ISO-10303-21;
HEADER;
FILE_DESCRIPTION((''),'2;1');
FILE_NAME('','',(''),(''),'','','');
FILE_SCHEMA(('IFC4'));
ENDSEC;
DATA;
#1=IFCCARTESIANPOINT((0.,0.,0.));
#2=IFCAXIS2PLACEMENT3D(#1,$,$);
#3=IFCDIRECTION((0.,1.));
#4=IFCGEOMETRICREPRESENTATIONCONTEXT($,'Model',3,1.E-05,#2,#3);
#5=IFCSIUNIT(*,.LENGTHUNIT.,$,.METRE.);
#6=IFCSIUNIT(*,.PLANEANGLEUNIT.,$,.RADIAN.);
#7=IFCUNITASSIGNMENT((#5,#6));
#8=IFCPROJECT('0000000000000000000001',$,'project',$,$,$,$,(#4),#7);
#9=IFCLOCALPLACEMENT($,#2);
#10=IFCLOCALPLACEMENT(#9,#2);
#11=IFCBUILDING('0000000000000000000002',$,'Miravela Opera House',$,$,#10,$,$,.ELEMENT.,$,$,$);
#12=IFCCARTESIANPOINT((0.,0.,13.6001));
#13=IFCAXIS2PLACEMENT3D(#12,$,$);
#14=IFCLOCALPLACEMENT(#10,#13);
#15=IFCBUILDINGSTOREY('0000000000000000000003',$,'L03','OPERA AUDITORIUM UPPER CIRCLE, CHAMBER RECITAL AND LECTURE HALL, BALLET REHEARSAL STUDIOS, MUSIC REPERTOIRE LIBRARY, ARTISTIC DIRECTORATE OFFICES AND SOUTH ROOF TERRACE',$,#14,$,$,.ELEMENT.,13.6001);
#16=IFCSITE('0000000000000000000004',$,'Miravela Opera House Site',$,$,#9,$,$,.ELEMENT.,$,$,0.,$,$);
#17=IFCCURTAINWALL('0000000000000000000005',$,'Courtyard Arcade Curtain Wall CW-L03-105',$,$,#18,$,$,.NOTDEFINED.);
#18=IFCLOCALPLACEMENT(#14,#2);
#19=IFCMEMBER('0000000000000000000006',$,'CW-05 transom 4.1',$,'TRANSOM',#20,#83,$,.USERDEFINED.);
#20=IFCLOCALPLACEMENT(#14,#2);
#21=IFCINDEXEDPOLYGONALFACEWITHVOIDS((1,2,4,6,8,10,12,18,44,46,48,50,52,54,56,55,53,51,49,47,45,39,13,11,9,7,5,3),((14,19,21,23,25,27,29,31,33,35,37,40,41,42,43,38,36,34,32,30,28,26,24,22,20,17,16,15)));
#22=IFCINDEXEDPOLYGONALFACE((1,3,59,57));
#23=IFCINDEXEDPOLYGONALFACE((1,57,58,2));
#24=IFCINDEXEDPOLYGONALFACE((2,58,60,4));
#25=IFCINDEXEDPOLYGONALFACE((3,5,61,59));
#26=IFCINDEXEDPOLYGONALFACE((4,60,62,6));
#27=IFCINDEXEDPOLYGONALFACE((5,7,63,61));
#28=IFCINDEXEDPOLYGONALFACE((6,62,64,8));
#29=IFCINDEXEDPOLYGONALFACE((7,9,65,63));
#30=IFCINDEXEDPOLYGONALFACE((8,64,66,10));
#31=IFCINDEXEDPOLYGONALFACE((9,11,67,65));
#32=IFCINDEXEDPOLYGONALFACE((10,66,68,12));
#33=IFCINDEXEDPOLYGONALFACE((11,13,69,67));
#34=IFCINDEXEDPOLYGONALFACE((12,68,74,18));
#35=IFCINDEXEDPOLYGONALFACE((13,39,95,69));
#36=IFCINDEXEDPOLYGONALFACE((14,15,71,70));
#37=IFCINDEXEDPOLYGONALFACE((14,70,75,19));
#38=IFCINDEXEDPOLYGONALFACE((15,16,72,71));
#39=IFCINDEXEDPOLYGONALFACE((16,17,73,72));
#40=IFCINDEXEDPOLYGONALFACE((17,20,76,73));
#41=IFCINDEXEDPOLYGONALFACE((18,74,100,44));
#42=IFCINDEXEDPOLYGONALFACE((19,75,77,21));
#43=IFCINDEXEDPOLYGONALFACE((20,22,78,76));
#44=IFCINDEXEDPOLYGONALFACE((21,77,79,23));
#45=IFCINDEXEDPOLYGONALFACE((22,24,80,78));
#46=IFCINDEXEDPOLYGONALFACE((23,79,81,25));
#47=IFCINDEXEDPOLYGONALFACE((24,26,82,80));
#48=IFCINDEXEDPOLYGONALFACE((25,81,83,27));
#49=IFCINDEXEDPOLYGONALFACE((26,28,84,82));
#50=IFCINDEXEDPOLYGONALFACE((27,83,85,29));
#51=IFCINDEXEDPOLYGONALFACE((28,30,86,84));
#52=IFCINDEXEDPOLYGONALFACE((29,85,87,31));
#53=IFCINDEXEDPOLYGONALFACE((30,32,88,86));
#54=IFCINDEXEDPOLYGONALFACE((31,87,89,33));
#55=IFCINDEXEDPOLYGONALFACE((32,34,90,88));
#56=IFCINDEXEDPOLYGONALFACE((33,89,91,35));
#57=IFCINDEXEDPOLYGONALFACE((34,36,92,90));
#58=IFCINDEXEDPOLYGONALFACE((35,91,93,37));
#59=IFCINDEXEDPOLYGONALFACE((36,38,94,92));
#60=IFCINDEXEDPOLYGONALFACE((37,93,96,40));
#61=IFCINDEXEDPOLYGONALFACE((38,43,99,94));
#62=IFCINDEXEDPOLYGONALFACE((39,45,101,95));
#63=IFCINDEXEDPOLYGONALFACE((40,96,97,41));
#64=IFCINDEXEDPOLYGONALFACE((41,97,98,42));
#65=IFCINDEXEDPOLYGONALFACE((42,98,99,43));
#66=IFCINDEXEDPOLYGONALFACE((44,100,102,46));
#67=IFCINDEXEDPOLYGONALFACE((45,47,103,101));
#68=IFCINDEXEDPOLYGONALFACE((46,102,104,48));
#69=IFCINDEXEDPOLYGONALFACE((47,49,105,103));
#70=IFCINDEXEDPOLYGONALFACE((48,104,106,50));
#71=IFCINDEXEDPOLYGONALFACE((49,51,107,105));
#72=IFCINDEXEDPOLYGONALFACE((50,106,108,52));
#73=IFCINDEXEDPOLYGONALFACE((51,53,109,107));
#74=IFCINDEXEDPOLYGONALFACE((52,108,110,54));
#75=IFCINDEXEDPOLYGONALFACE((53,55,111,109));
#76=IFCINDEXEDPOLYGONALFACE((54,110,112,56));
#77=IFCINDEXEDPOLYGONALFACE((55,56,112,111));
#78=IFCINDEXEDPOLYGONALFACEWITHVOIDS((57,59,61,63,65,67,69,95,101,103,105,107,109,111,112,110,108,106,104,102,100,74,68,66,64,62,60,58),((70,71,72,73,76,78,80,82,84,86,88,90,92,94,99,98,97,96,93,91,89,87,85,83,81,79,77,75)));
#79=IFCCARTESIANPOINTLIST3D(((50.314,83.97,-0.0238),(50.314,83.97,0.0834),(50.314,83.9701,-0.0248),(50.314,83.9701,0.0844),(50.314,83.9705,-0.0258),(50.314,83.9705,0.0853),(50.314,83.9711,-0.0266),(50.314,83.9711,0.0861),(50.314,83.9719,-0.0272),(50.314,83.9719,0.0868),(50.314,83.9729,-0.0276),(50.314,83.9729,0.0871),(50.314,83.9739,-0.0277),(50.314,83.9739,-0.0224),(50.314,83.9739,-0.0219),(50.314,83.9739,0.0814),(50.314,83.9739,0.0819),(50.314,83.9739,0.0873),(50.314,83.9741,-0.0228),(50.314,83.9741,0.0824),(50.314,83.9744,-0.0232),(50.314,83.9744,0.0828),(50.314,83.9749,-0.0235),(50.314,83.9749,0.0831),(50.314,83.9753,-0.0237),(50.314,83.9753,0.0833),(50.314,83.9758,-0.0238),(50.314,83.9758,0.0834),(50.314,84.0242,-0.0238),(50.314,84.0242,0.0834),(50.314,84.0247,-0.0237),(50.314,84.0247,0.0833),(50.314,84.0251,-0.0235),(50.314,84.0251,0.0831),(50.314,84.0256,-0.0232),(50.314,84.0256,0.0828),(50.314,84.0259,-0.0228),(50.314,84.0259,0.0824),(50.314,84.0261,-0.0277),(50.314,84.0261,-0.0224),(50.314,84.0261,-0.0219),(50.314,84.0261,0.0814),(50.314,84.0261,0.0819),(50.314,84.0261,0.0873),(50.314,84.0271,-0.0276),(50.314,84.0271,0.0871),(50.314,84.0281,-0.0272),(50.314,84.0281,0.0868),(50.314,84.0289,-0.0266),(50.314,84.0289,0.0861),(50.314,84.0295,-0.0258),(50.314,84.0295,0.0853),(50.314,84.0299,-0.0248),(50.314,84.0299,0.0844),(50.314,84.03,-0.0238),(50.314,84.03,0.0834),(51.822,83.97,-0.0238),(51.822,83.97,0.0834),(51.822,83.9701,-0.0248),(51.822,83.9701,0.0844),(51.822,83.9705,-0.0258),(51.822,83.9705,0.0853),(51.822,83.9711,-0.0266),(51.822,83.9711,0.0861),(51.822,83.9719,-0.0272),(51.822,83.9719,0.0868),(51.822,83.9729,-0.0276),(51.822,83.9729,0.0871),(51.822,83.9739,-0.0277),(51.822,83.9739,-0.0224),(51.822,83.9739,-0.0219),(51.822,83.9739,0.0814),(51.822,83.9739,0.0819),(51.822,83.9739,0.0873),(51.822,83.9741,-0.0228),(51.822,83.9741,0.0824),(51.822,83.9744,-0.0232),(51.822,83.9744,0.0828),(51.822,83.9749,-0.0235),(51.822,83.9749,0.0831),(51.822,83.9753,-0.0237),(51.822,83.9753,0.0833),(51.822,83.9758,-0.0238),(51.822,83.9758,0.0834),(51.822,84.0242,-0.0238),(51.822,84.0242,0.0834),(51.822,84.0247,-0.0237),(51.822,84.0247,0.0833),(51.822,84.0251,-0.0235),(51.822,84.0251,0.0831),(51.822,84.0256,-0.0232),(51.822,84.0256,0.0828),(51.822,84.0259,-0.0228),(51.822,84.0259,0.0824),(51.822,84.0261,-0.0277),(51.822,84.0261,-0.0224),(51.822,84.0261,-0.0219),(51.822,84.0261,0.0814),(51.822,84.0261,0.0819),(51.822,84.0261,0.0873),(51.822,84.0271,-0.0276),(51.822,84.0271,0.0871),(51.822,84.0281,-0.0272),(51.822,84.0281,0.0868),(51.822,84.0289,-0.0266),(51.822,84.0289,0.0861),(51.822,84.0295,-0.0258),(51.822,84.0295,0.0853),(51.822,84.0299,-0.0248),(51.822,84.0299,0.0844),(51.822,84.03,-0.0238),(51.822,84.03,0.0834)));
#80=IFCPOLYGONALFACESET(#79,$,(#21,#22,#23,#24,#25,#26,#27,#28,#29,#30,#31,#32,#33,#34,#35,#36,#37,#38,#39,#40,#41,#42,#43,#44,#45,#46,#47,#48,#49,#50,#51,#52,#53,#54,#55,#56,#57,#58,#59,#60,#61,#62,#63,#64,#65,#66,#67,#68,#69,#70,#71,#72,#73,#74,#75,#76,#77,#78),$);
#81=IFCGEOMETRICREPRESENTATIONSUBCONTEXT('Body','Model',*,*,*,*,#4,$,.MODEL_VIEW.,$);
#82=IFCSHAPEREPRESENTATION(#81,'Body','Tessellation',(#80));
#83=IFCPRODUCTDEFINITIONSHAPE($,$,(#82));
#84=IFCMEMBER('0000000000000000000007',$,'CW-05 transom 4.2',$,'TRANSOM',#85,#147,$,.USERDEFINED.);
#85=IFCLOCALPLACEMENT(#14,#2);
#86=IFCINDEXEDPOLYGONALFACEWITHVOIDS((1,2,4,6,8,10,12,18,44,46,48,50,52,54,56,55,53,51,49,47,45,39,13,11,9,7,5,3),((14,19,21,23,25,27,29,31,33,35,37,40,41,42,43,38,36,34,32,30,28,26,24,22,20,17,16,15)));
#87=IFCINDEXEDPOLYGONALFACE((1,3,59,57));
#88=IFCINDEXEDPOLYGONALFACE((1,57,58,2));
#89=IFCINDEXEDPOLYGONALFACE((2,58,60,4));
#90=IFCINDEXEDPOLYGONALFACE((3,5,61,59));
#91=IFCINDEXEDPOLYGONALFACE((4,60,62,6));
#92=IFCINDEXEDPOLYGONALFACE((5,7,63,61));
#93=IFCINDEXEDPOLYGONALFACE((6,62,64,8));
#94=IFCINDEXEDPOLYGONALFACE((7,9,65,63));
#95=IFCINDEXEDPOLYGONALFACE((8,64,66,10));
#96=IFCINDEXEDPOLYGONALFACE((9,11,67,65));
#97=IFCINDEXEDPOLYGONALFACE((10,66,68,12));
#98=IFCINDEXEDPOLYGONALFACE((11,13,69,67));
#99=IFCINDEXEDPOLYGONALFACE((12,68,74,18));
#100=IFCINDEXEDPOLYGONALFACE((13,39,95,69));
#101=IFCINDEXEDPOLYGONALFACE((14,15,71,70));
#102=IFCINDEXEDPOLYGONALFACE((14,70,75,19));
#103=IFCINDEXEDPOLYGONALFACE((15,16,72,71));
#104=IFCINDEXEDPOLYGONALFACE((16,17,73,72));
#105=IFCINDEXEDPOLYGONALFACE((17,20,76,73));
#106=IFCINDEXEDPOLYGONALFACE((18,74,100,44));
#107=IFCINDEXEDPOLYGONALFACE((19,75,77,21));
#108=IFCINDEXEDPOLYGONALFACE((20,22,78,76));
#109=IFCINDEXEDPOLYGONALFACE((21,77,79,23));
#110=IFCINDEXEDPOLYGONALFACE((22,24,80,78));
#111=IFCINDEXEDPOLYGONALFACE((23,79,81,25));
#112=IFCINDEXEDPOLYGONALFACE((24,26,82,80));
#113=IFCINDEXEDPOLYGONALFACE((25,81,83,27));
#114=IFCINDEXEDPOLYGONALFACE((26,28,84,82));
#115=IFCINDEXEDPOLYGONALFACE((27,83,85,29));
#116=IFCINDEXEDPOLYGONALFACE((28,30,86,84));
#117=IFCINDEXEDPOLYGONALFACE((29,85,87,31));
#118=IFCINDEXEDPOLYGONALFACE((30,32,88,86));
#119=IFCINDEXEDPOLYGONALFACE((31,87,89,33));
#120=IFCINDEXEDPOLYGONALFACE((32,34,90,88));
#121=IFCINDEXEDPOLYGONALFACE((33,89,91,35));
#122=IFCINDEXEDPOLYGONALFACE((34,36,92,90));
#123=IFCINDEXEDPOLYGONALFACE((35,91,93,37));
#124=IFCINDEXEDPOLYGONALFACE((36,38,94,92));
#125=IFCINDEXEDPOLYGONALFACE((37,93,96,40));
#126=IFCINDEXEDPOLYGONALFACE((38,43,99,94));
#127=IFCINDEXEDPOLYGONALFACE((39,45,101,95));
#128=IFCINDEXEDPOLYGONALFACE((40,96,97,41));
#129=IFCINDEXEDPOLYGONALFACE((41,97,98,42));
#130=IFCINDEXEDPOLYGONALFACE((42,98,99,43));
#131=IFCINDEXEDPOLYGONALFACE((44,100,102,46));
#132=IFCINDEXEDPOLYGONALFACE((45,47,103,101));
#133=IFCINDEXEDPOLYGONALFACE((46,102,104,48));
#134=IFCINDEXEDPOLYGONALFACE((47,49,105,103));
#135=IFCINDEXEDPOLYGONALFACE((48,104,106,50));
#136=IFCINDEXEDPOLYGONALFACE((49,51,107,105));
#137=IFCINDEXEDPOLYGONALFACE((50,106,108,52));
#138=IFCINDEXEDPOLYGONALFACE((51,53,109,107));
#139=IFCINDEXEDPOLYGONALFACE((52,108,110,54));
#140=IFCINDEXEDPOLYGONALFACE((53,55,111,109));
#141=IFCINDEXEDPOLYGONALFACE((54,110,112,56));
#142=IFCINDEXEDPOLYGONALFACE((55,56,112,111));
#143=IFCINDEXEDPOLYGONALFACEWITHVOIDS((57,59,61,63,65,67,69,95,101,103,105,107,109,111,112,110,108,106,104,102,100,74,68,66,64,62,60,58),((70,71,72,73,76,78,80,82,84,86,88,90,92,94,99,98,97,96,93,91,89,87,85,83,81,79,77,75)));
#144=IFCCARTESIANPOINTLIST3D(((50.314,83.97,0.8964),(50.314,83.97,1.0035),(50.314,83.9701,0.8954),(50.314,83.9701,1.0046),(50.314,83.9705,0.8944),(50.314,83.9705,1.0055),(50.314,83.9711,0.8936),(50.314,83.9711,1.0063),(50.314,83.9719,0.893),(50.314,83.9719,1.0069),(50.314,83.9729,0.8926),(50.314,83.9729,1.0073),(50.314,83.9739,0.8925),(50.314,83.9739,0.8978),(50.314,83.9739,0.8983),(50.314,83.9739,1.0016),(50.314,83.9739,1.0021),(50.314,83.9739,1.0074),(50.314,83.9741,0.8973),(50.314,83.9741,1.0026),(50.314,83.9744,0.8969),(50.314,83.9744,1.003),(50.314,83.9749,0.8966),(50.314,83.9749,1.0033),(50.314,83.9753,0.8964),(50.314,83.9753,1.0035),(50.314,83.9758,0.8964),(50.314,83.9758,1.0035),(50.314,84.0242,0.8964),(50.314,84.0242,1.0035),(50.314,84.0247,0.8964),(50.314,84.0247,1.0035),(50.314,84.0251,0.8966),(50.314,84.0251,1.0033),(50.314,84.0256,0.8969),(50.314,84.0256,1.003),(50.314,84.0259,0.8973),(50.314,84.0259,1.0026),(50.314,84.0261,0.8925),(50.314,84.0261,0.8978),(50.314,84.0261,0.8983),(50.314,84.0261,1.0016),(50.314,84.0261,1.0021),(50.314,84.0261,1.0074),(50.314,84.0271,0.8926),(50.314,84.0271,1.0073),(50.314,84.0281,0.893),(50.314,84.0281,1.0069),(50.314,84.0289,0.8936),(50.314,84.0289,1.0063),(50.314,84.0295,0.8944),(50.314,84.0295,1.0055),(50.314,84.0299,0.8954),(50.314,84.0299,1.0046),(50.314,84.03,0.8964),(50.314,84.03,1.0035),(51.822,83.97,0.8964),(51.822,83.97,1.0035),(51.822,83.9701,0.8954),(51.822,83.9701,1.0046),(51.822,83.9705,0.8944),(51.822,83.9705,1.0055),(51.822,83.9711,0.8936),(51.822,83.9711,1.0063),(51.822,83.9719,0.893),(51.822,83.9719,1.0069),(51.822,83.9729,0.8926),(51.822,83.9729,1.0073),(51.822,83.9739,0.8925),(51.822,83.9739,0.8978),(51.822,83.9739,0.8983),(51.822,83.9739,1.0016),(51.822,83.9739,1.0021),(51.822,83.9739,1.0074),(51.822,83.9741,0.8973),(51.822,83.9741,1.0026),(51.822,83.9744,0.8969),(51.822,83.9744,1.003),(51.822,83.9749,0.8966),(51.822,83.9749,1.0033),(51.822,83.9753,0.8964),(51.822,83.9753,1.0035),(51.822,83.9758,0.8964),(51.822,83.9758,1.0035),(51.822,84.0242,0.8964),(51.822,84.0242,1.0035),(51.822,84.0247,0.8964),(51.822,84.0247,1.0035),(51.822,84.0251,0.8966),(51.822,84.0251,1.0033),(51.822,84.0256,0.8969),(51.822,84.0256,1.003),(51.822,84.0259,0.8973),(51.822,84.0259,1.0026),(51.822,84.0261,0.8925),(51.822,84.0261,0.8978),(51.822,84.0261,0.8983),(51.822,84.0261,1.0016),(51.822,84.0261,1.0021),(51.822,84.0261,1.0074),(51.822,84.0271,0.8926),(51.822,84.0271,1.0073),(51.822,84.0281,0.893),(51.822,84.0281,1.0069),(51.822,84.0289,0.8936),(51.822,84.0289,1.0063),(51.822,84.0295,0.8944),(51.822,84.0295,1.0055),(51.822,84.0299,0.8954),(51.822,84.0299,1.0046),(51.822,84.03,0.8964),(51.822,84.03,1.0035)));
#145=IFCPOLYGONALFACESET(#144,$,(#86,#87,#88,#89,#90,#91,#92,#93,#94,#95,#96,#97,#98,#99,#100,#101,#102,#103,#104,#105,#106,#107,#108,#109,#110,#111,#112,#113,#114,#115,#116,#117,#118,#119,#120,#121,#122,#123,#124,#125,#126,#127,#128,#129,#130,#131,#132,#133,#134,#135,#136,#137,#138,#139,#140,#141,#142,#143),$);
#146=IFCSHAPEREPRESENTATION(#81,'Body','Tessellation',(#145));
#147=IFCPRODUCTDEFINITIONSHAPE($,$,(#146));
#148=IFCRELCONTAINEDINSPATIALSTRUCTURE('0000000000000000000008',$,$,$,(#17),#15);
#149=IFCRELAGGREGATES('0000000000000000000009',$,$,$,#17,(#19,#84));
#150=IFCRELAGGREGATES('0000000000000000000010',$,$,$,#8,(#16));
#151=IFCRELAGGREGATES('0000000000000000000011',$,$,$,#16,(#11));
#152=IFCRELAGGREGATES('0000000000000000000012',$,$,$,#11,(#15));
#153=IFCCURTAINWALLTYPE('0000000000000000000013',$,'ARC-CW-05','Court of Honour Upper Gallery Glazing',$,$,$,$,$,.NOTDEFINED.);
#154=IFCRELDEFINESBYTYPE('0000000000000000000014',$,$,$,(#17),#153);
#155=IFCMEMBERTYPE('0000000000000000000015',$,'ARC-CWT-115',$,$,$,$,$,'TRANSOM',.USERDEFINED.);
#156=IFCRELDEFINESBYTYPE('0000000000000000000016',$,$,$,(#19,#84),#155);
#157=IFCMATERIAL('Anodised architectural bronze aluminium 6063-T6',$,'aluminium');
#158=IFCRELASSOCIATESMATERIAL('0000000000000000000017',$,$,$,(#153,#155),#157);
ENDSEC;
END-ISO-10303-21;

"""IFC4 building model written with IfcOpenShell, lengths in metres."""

from ifc_helpers import new_model, si_unit, direction, frame, origin, origin_2d, place, context, subcontext, project, spatial, hollow_rectangle, extrude, material, material_profile, profile_set, type_object, element, aggregate, save


model = new_model("IFC4")

# Units and contexts
model_context = context("Model", 3, precision=1e-05, world=origin(), true_north=direction((0.0, 1.0)))
body_context = subcontext(model_context, "Body", "Model", "MODEL_VIEW")
ifc_project = project(units=[si_unit("LENGTHUNIT", "METRE"), si_unit("PLANEANGLEUNIT", "RADIAN")], contexts=[model_context])

# Site, building, storey
site_placement = place(None, origin())
site = spatial("IfcSite", under=ifc_project, at=site_placement, Name="Miravela Opera House Site", CompositionType="ELEMENT", RefElevation=0.0)
building_placement = place(site_placement, origin())
building = spatial("IfcBuilding", under=site, at=building_placement, Name="Miravela Opera House", CompositionType="ELEMENT")
storey_placement = place(building_placement, frame((0.0, 0.0, 13.6001)))
storey = spatial("IfcBuildingStorey", under=building, at=storey_placement, Name="L03", Description="OPERA AUDITORIUM UPPER CIRCLE, CHAMBER RECITAL AND LECTURE HALL, BALLET REHEARSAL STUDIOS, MUSIC REPERTOIRE LIBRARY, ARTISTIC DIRECTORATE OFFICES AND SOUTH ROOF TERRACE", CompositionType="ELEMENT", Elevation=13.6001)

# Curtain wall
ifc_material_1 = material(Name="Anodised architectural bronze aluminium 6063-T6", Category="aluminium")
curtain_wall_type = type_object("IfcCurtainWallType", Name="ARC-CW-05", Description="Court of Honour Upper Gallery Glazing", PredefinedType="NOTDEFINED", material=ifc_material_1)
curtain_wall_1_placement = place(storey_placement, origin())
curtain_wall_1 = element("IfcCurtainWall", 1, at=curtain_wall_1_placement, inside=storey, type_object=curtain_wall_type, Name="Courtyard Arcade Curtain Wall CW-L03-105", PredefinedType="NOTDEFINED")

# Members
ifc_material_profile_1 = material_profile(ifc_material_1, hollow_rectangle(XDim=0.0601, YDim=0.115, WallThickness=0.0039, InnerFilletRadius=0.002, OuterFilletRadius=0.0039, at=origin_2d()), Name="CWT-60X115")
ifc_profile_set_1 = profile_set([ifc_material_profile_1])
member_type_1 = type_object("IfcMemberType", Name="ARC-CWT-115", ElementType="TRANSOM", PredefinedType="USERDEFINED", material=ifc_profile_set_1)
member_1_placement = place(storey_placement, frame((50.314, 84.0, 0.0298), z_axis=(1.0, 0.0, 0.0), x_axis=(0.0, 1.0, 0.0)))
member_1 = element("IfcMember", 2, at=member_1_placement, type_object=member_type_1, Name="CW-05 transom 4.1", ObjectType="TRANSOM", PredefinedType="USERDEFINED", context=body_context, shape_type="SweptSolid", body=[
    extrude(hollow_rectangle(XDim=0.0601, YDim=0.115, WallThickness=0.0039, InnerFilletRadius=0.002, OuterFilletRadius=0.0039, at=origin_2d()), origin(), (0.0, 0.0, 1.0), 1.5081),
])
member_2_placement = place(storey_placement, frame((50.314, 84.0, 0.95), z_axis=(1.0, 0.0, 0.0), x_axis=(0.0, 1.0, 0.0)))
member_2 = element("IfcMember", 3, at=member_2_placement, type_object=member_type_1, Name="CW-05 transom 4.2", ObjectType="TRANSOM", PredefinedType="USERDEFINED", context=body_context, shape_type="SweptSolid", body=[
    extrude(hollow_rectangle(XDim=0.0601, YDim=0.115, WallThickness=0.0039, InnerFilletRadius=0.002, OuterFilletRadius=0.0039, at=origin_2d()), origin(), (0.0, 0.0, 1.0), 1.5081),
])

aggregate(curtain_wall_1, [member_1, member_2])

save(model, "model.ifc")
